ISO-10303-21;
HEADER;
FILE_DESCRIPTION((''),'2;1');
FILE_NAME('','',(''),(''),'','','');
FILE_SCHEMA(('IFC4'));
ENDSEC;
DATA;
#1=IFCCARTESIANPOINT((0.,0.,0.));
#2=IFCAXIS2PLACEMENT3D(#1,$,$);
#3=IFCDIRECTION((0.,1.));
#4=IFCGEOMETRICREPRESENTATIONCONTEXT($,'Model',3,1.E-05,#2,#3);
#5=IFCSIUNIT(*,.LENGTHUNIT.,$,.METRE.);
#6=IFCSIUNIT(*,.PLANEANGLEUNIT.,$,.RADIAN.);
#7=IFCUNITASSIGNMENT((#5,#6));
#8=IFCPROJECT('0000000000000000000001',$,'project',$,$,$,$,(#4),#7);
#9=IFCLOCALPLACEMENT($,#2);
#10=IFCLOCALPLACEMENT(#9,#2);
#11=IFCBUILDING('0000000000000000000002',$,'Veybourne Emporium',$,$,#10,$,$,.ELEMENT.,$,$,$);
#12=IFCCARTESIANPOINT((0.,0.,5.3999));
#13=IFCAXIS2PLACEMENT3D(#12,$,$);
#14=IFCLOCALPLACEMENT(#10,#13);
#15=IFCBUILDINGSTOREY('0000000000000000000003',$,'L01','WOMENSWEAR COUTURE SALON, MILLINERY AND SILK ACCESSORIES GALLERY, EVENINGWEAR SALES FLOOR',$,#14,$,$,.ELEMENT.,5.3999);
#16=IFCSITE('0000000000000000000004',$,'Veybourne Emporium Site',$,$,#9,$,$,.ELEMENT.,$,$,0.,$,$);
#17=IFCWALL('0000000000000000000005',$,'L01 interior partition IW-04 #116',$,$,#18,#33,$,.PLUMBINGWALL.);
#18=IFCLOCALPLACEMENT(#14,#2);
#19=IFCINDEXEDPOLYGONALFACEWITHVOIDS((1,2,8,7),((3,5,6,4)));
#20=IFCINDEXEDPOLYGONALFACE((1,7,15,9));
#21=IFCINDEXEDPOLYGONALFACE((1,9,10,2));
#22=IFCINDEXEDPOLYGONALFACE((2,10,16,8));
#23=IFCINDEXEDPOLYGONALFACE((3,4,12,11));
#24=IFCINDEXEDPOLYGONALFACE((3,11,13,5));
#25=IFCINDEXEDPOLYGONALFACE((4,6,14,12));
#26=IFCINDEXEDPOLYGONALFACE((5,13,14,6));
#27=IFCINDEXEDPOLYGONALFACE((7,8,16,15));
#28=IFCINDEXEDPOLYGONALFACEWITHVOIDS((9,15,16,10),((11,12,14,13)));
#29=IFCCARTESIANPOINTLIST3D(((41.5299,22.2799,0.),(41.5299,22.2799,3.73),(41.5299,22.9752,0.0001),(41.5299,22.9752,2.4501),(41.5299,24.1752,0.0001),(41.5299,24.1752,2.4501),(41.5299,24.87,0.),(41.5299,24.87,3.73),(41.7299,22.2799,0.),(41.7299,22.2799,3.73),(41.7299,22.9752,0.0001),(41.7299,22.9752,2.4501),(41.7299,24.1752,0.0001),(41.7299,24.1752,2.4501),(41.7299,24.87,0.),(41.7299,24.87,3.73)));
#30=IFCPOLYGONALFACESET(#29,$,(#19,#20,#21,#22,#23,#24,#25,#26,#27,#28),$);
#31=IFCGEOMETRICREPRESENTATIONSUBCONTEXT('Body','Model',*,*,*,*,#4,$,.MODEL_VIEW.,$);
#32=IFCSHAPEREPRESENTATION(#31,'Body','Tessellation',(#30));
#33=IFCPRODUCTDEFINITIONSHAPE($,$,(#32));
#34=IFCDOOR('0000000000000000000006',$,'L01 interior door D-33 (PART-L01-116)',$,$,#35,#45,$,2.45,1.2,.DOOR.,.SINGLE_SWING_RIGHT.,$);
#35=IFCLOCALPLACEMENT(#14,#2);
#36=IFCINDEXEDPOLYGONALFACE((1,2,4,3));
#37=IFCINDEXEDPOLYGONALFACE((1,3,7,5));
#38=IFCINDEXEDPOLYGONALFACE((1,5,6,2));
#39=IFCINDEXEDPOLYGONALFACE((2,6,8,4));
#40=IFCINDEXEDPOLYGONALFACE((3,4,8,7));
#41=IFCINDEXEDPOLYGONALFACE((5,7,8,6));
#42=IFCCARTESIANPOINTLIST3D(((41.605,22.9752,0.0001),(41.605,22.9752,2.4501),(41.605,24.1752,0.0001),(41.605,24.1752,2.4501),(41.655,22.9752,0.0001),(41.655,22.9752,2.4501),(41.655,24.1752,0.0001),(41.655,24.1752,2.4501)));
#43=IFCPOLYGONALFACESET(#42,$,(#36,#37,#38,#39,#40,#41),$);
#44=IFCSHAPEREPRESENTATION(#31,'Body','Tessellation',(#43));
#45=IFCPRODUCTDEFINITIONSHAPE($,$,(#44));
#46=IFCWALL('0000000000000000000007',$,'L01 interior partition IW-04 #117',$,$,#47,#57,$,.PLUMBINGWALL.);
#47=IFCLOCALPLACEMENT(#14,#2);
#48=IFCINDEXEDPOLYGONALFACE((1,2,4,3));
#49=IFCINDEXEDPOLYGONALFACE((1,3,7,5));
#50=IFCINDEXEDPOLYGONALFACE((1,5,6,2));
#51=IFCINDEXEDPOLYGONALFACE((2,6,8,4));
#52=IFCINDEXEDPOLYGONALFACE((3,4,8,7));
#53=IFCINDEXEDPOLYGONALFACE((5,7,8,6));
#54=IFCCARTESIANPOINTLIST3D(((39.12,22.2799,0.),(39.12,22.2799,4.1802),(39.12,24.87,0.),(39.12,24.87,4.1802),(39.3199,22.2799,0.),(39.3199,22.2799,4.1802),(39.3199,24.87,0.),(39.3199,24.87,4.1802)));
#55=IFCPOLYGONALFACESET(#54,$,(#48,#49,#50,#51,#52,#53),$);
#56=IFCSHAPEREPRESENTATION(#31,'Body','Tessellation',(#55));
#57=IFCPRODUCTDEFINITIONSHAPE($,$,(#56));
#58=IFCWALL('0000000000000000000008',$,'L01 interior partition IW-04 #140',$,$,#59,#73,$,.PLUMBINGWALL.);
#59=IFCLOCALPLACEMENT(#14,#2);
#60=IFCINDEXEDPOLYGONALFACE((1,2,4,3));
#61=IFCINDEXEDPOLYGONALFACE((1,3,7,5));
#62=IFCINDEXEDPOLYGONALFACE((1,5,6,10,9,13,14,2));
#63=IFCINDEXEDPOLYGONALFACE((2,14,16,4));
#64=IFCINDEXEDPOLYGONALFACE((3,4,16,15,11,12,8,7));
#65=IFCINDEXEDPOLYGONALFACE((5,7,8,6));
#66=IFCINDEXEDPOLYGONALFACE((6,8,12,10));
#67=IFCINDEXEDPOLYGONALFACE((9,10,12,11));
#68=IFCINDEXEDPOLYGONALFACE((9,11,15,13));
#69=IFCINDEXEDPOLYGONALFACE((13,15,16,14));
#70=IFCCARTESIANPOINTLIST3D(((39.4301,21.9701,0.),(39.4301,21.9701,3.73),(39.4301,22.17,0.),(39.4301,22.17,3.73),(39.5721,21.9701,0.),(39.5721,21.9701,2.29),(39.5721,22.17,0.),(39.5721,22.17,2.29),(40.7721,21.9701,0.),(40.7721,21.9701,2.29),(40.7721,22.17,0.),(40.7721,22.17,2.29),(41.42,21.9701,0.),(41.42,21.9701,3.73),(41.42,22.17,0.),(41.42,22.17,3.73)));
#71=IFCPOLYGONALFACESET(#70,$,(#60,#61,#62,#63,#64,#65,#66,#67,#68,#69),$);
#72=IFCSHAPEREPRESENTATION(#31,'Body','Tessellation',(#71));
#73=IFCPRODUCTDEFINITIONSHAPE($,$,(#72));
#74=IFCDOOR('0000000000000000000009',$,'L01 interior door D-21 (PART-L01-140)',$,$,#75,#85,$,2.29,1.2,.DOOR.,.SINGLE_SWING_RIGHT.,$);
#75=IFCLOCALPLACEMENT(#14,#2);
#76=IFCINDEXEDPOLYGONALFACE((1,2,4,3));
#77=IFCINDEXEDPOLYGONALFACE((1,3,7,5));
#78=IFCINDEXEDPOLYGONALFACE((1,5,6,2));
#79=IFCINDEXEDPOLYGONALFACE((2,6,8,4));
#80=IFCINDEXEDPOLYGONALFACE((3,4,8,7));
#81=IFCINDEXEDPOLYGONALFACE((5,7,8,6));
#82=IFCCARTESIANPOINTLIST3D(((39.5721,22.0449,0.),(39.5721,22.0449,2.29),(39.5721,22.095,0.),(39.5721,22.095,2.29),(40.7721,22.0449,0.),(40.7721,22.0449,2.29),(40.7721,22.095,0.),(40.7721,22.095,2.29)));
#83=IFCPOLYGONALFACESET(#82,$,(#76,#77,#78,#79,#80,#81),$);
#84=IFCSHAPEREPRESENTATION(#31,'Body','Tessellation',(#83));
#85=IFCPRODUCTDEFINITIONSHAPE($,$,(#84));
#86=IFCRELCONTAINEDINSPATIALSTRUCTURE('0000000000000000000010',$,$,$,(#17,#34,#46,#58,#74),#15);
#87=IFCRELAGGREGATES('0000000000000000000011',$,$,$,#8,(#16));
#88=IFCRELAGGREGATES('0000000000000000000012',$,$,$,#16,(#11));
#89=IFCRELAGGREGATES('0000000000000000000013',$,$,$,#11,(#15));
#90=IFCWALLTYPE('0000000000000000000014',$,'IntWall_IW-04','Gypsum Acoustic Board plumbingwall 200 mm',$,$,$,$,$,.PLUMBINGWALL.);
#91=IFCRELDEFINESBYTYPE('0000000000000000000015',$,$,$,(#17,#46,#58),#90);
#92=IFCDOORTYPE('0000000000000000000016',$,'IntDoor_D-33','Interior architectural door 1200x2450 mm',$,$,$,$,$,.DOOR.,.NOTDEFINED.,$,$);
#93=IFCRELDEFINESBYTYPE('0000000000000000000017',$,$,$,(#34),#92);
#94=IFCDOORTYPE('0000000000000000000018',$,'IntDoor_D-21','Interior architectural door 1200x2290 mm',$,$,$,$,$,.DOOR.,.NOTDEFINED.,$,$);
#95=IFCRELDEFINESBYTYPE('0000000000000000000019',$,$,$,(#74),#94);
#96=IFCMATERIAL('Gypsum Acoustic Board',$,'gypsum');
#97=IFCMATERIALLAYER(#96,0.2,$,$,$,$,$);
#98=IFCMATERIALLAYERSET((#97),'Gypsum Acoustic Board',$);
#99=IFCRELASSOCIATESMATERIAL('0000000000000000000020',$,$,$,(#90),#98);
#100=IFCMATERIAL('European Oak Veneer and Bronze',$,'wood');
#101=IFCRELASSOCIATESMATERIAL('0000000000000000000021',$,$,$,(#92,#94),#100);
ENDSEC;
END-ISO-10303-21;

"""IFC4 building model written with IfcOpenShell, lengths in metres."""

from ifc_helpers import new_model, si_unit, direction, frame, frame_2d, origin, place, context, subcontext, project, spatial, rectangle, extrude, material, layer, layer_set, type_object, element, fill, save


model = new_model("IFC4")

# Units and contexts
model_context = context("Model", 3, precision=1e-05, world=origin(), true_north=direction((0.0, 1.0)))
body_context = subcontext(model_context, "Body", "Model", "MODEL_VIEW")
ifc_project = project(units=[si_unit("LENGTHUNIT", "METRE"), si_unit("PLANEANGLEUNIT", "RADIAN")], contexts=[model_context])

# Site, building, storey
site_placement = place(None, origin())
site = spatial("IfcSite", under=ifc_project, at=site_placement, Name="Veybourne Emporium Site", CompositionType="ELEMENT", RefElevation=0.0)
building_placement = place(site_placement, origin())
building = spatial("IfcBuilding", under=site, at=building_placement, Name="Veybourne Emporium", CompositionType="ELEMENT")
storey_placement = place(building_placement, frame((0.0, 0.0, 5.3999)))
storey = spatial("IfcBuildingStorey", under=building, at=storey_placement, Name="L01", Description="WOMENSWEAR COUTURE SALON, MILLINERY AND SILK ACCESSORIES GALLERY, EVENINGWEAR SALES FLOOR", CompositionType="ELEMENT", Elevation=5.3999)

# Shared definitions
ifc_material_1 = material(Name="Gypsum Acoustic Board", Category="gypsum")

# Wall, opening, door
ifc_layer_1 = layer(ifc_material_1, 0.2)
ifc_layer_set_1 = layer_set([ifc_layer_1], Name="Gypsum Acoustic Board")
wall_type_1 = type_object("IfcWallType", Name="IntWall_IW-04", Description="Gypsum Acoustic Board plumbingwall 200 mm", PredefinedType="PLUMBINGWALL", material=ifc_layer_set_1)
wall_1_placement = place(storey_placement, frame((41.6299, 22.28, 0.0), z_axis=(0.0, 0.0, 1.0), x_axis=(0.0, 1.0, 0.0)))
wall_1 = element("IfcWall", 1, at=wall_1_placement, inside=storey, type_object=wall_type_1, Name="L01 interior partition IW-04 #116", PredefinedType="PLUMBINGWALL", context=body_context, shape_type="SweptSolid", body=[
    extrude(rectangle(XDim=2.5901, YDim=0.2, at=frame_2d((1.2949, 0.0))), origin(), (0.0, 0.0, 1.0), 3.73),
])
opening_1_placement = place(wall_1_placement, frame((0.6951, 0.0, 0.0)))
opening_1 = element("IfcOpeningElement", 2, at=opening_1_placement, cuts=wall_1, PredefinedType="OPENING", context=body_context, shape_type="SweptSolid", body=[
    extrude(rectangle(XDim=1.2, YDim=2.45, at=frame_2d((0.6001, 1.2251))), frame((0.0, 0.1201, 0.0), z_axis=(0.0, -1.0, 0.0), x_axis=(1.0, 0.0, 0.0)), (0.0, 0.0, 1.0), 0.24),
])
ifc_material_2 = material(Name="European Oak Veneer and Bronze", Category="wood")
door_type_1 = type_object("IfcDoorType", Name="IntDoor_D-33", Description="Interior architectural door 1200x2450 mm", OperationType="NOTDEFINED", PredefinedType="DOOR", material=ifc_material_2)
door_1_placement = place(opening_1_placement, origin())
door_1 = element("IfcDoor", 3, at=door_1_placement, inside=storey, type_object=door_type_1, Name="L01 interior door D-33 (PART-L01-116)", OperationType="SINGLE_SWING_RIGHT", OverallHeight=2.45, OverallWidth=1.2, PredefinedType="DOOR", context=body_context, shape_type="SweptSolid", body=[
    extrude(rectangle(XDim=1.2, YDim=2.45, at=frame_2d((0.6001, 1.2251))), frame((0.0, 0.0249, 0.0), z_axis=(0.0, -1.0, 0.0), x_axis=(1.0, 0.0, 0.0)), (0.0, 0.0, 1.0), 0.05),
])
fill(opening_1, door_1)

# Wall
wall_2_placement = place(storey_placement, frame((39.22, 22.28, 0.0), z_axis=(0.0, 0.0, 1.0), x_axis=(0.0, 1.0, 0.0)))
element("IfcWall", 4, at=wall_2_placement, inside=storey, type_object=wall_type_1, Name="L01 interior partition IW-04 #117", PredefinedType="PLUMBINGWALL", context=body_context, shape_type="SweptSolid", body=[
    extrude(rectangle(XDim=2.5901, YDim=0.2, at=frame_2d((1.2949, 0.0))), origin(), (0.0, 0.0, 1.0), 4.1802),
])

# Wall, opening, door
wall_3_placement = place(storey_placement, frame((39.4299, 22.0701, 0.0), z_axis=(0.0, 0.0, 1.0), x_axis=(1.0, 0.0, 0.0)))
wall_3 = element("IfcWall", 5, at=wall_3_placement, inside=storey, type_object=wall_type_1, Name="L01 interior partition IW-04 #140", PredefinedType="PLUMBINGWALL", context=body_context, shape_type="SweptSolid", body=[
    extrude(rectangle(XDim=1.99, YDim=0.2, at=frame_2d((0.9951, 0.0))), origin(), (0.0, 0.0, 1.0), 3.73),
])
opening_2_placement = place(wall_3_placement, frame((0.1421, 0.0, 0.0)))
opening_2 = element("IfcOpeningElement", 6, at=opening_2_placement, cuts=wall_3, PredefinedType="OPENING", context=body_context, shape_type="SweptSolid", body=[
    extrude(rectangle(XDim=1.2, YDim=2.29, at=frame_2d((0.6001, 1.145))), frame((0.0, 0.1201, 0.0), z_axis=(0.0, -1.0, 0.0), x_axis=(1.0, 0.0, 0.0)), (0.0, 0.0, 1.0), 0.24),
])
door_type_2 = type_object("IfcDoorType", Name="IntDoor_D-21", Description="Interior architectural door 1200x2290 mm", OperationType="NOTDEFINED", PredefinedType="DOOR", material=ifc_material_2)
door_2_placement = place(opening_2_placement, origin())
door_2 = element("IfcDoor", 7, at=door_2_placement, inside=storey, type_object=door_type_2, Name="L01 interior door D-21 (PART-L01-140)", OperationType="SINGLE_SWING_RIGHT", OverallHeight=2.29, OverallWidth=1.2, PredefinedType="DOOR", context=body_context, shape_type="SweptSolid", body=[
    extrude(rectangle(XDim=1.2, YDim=2.29, at=frame_2d((0.6001, 1.145))), frame((0.0, 0.0249, 0.0), z_axis=(0.0, -1.0, 0.0), x_axis=(1.0, 0.0, 0.0)), (0.0, 0.0, 1.0), 0.05),
])
fill(opening_2, door_2)

save(model, "model.ifc")
